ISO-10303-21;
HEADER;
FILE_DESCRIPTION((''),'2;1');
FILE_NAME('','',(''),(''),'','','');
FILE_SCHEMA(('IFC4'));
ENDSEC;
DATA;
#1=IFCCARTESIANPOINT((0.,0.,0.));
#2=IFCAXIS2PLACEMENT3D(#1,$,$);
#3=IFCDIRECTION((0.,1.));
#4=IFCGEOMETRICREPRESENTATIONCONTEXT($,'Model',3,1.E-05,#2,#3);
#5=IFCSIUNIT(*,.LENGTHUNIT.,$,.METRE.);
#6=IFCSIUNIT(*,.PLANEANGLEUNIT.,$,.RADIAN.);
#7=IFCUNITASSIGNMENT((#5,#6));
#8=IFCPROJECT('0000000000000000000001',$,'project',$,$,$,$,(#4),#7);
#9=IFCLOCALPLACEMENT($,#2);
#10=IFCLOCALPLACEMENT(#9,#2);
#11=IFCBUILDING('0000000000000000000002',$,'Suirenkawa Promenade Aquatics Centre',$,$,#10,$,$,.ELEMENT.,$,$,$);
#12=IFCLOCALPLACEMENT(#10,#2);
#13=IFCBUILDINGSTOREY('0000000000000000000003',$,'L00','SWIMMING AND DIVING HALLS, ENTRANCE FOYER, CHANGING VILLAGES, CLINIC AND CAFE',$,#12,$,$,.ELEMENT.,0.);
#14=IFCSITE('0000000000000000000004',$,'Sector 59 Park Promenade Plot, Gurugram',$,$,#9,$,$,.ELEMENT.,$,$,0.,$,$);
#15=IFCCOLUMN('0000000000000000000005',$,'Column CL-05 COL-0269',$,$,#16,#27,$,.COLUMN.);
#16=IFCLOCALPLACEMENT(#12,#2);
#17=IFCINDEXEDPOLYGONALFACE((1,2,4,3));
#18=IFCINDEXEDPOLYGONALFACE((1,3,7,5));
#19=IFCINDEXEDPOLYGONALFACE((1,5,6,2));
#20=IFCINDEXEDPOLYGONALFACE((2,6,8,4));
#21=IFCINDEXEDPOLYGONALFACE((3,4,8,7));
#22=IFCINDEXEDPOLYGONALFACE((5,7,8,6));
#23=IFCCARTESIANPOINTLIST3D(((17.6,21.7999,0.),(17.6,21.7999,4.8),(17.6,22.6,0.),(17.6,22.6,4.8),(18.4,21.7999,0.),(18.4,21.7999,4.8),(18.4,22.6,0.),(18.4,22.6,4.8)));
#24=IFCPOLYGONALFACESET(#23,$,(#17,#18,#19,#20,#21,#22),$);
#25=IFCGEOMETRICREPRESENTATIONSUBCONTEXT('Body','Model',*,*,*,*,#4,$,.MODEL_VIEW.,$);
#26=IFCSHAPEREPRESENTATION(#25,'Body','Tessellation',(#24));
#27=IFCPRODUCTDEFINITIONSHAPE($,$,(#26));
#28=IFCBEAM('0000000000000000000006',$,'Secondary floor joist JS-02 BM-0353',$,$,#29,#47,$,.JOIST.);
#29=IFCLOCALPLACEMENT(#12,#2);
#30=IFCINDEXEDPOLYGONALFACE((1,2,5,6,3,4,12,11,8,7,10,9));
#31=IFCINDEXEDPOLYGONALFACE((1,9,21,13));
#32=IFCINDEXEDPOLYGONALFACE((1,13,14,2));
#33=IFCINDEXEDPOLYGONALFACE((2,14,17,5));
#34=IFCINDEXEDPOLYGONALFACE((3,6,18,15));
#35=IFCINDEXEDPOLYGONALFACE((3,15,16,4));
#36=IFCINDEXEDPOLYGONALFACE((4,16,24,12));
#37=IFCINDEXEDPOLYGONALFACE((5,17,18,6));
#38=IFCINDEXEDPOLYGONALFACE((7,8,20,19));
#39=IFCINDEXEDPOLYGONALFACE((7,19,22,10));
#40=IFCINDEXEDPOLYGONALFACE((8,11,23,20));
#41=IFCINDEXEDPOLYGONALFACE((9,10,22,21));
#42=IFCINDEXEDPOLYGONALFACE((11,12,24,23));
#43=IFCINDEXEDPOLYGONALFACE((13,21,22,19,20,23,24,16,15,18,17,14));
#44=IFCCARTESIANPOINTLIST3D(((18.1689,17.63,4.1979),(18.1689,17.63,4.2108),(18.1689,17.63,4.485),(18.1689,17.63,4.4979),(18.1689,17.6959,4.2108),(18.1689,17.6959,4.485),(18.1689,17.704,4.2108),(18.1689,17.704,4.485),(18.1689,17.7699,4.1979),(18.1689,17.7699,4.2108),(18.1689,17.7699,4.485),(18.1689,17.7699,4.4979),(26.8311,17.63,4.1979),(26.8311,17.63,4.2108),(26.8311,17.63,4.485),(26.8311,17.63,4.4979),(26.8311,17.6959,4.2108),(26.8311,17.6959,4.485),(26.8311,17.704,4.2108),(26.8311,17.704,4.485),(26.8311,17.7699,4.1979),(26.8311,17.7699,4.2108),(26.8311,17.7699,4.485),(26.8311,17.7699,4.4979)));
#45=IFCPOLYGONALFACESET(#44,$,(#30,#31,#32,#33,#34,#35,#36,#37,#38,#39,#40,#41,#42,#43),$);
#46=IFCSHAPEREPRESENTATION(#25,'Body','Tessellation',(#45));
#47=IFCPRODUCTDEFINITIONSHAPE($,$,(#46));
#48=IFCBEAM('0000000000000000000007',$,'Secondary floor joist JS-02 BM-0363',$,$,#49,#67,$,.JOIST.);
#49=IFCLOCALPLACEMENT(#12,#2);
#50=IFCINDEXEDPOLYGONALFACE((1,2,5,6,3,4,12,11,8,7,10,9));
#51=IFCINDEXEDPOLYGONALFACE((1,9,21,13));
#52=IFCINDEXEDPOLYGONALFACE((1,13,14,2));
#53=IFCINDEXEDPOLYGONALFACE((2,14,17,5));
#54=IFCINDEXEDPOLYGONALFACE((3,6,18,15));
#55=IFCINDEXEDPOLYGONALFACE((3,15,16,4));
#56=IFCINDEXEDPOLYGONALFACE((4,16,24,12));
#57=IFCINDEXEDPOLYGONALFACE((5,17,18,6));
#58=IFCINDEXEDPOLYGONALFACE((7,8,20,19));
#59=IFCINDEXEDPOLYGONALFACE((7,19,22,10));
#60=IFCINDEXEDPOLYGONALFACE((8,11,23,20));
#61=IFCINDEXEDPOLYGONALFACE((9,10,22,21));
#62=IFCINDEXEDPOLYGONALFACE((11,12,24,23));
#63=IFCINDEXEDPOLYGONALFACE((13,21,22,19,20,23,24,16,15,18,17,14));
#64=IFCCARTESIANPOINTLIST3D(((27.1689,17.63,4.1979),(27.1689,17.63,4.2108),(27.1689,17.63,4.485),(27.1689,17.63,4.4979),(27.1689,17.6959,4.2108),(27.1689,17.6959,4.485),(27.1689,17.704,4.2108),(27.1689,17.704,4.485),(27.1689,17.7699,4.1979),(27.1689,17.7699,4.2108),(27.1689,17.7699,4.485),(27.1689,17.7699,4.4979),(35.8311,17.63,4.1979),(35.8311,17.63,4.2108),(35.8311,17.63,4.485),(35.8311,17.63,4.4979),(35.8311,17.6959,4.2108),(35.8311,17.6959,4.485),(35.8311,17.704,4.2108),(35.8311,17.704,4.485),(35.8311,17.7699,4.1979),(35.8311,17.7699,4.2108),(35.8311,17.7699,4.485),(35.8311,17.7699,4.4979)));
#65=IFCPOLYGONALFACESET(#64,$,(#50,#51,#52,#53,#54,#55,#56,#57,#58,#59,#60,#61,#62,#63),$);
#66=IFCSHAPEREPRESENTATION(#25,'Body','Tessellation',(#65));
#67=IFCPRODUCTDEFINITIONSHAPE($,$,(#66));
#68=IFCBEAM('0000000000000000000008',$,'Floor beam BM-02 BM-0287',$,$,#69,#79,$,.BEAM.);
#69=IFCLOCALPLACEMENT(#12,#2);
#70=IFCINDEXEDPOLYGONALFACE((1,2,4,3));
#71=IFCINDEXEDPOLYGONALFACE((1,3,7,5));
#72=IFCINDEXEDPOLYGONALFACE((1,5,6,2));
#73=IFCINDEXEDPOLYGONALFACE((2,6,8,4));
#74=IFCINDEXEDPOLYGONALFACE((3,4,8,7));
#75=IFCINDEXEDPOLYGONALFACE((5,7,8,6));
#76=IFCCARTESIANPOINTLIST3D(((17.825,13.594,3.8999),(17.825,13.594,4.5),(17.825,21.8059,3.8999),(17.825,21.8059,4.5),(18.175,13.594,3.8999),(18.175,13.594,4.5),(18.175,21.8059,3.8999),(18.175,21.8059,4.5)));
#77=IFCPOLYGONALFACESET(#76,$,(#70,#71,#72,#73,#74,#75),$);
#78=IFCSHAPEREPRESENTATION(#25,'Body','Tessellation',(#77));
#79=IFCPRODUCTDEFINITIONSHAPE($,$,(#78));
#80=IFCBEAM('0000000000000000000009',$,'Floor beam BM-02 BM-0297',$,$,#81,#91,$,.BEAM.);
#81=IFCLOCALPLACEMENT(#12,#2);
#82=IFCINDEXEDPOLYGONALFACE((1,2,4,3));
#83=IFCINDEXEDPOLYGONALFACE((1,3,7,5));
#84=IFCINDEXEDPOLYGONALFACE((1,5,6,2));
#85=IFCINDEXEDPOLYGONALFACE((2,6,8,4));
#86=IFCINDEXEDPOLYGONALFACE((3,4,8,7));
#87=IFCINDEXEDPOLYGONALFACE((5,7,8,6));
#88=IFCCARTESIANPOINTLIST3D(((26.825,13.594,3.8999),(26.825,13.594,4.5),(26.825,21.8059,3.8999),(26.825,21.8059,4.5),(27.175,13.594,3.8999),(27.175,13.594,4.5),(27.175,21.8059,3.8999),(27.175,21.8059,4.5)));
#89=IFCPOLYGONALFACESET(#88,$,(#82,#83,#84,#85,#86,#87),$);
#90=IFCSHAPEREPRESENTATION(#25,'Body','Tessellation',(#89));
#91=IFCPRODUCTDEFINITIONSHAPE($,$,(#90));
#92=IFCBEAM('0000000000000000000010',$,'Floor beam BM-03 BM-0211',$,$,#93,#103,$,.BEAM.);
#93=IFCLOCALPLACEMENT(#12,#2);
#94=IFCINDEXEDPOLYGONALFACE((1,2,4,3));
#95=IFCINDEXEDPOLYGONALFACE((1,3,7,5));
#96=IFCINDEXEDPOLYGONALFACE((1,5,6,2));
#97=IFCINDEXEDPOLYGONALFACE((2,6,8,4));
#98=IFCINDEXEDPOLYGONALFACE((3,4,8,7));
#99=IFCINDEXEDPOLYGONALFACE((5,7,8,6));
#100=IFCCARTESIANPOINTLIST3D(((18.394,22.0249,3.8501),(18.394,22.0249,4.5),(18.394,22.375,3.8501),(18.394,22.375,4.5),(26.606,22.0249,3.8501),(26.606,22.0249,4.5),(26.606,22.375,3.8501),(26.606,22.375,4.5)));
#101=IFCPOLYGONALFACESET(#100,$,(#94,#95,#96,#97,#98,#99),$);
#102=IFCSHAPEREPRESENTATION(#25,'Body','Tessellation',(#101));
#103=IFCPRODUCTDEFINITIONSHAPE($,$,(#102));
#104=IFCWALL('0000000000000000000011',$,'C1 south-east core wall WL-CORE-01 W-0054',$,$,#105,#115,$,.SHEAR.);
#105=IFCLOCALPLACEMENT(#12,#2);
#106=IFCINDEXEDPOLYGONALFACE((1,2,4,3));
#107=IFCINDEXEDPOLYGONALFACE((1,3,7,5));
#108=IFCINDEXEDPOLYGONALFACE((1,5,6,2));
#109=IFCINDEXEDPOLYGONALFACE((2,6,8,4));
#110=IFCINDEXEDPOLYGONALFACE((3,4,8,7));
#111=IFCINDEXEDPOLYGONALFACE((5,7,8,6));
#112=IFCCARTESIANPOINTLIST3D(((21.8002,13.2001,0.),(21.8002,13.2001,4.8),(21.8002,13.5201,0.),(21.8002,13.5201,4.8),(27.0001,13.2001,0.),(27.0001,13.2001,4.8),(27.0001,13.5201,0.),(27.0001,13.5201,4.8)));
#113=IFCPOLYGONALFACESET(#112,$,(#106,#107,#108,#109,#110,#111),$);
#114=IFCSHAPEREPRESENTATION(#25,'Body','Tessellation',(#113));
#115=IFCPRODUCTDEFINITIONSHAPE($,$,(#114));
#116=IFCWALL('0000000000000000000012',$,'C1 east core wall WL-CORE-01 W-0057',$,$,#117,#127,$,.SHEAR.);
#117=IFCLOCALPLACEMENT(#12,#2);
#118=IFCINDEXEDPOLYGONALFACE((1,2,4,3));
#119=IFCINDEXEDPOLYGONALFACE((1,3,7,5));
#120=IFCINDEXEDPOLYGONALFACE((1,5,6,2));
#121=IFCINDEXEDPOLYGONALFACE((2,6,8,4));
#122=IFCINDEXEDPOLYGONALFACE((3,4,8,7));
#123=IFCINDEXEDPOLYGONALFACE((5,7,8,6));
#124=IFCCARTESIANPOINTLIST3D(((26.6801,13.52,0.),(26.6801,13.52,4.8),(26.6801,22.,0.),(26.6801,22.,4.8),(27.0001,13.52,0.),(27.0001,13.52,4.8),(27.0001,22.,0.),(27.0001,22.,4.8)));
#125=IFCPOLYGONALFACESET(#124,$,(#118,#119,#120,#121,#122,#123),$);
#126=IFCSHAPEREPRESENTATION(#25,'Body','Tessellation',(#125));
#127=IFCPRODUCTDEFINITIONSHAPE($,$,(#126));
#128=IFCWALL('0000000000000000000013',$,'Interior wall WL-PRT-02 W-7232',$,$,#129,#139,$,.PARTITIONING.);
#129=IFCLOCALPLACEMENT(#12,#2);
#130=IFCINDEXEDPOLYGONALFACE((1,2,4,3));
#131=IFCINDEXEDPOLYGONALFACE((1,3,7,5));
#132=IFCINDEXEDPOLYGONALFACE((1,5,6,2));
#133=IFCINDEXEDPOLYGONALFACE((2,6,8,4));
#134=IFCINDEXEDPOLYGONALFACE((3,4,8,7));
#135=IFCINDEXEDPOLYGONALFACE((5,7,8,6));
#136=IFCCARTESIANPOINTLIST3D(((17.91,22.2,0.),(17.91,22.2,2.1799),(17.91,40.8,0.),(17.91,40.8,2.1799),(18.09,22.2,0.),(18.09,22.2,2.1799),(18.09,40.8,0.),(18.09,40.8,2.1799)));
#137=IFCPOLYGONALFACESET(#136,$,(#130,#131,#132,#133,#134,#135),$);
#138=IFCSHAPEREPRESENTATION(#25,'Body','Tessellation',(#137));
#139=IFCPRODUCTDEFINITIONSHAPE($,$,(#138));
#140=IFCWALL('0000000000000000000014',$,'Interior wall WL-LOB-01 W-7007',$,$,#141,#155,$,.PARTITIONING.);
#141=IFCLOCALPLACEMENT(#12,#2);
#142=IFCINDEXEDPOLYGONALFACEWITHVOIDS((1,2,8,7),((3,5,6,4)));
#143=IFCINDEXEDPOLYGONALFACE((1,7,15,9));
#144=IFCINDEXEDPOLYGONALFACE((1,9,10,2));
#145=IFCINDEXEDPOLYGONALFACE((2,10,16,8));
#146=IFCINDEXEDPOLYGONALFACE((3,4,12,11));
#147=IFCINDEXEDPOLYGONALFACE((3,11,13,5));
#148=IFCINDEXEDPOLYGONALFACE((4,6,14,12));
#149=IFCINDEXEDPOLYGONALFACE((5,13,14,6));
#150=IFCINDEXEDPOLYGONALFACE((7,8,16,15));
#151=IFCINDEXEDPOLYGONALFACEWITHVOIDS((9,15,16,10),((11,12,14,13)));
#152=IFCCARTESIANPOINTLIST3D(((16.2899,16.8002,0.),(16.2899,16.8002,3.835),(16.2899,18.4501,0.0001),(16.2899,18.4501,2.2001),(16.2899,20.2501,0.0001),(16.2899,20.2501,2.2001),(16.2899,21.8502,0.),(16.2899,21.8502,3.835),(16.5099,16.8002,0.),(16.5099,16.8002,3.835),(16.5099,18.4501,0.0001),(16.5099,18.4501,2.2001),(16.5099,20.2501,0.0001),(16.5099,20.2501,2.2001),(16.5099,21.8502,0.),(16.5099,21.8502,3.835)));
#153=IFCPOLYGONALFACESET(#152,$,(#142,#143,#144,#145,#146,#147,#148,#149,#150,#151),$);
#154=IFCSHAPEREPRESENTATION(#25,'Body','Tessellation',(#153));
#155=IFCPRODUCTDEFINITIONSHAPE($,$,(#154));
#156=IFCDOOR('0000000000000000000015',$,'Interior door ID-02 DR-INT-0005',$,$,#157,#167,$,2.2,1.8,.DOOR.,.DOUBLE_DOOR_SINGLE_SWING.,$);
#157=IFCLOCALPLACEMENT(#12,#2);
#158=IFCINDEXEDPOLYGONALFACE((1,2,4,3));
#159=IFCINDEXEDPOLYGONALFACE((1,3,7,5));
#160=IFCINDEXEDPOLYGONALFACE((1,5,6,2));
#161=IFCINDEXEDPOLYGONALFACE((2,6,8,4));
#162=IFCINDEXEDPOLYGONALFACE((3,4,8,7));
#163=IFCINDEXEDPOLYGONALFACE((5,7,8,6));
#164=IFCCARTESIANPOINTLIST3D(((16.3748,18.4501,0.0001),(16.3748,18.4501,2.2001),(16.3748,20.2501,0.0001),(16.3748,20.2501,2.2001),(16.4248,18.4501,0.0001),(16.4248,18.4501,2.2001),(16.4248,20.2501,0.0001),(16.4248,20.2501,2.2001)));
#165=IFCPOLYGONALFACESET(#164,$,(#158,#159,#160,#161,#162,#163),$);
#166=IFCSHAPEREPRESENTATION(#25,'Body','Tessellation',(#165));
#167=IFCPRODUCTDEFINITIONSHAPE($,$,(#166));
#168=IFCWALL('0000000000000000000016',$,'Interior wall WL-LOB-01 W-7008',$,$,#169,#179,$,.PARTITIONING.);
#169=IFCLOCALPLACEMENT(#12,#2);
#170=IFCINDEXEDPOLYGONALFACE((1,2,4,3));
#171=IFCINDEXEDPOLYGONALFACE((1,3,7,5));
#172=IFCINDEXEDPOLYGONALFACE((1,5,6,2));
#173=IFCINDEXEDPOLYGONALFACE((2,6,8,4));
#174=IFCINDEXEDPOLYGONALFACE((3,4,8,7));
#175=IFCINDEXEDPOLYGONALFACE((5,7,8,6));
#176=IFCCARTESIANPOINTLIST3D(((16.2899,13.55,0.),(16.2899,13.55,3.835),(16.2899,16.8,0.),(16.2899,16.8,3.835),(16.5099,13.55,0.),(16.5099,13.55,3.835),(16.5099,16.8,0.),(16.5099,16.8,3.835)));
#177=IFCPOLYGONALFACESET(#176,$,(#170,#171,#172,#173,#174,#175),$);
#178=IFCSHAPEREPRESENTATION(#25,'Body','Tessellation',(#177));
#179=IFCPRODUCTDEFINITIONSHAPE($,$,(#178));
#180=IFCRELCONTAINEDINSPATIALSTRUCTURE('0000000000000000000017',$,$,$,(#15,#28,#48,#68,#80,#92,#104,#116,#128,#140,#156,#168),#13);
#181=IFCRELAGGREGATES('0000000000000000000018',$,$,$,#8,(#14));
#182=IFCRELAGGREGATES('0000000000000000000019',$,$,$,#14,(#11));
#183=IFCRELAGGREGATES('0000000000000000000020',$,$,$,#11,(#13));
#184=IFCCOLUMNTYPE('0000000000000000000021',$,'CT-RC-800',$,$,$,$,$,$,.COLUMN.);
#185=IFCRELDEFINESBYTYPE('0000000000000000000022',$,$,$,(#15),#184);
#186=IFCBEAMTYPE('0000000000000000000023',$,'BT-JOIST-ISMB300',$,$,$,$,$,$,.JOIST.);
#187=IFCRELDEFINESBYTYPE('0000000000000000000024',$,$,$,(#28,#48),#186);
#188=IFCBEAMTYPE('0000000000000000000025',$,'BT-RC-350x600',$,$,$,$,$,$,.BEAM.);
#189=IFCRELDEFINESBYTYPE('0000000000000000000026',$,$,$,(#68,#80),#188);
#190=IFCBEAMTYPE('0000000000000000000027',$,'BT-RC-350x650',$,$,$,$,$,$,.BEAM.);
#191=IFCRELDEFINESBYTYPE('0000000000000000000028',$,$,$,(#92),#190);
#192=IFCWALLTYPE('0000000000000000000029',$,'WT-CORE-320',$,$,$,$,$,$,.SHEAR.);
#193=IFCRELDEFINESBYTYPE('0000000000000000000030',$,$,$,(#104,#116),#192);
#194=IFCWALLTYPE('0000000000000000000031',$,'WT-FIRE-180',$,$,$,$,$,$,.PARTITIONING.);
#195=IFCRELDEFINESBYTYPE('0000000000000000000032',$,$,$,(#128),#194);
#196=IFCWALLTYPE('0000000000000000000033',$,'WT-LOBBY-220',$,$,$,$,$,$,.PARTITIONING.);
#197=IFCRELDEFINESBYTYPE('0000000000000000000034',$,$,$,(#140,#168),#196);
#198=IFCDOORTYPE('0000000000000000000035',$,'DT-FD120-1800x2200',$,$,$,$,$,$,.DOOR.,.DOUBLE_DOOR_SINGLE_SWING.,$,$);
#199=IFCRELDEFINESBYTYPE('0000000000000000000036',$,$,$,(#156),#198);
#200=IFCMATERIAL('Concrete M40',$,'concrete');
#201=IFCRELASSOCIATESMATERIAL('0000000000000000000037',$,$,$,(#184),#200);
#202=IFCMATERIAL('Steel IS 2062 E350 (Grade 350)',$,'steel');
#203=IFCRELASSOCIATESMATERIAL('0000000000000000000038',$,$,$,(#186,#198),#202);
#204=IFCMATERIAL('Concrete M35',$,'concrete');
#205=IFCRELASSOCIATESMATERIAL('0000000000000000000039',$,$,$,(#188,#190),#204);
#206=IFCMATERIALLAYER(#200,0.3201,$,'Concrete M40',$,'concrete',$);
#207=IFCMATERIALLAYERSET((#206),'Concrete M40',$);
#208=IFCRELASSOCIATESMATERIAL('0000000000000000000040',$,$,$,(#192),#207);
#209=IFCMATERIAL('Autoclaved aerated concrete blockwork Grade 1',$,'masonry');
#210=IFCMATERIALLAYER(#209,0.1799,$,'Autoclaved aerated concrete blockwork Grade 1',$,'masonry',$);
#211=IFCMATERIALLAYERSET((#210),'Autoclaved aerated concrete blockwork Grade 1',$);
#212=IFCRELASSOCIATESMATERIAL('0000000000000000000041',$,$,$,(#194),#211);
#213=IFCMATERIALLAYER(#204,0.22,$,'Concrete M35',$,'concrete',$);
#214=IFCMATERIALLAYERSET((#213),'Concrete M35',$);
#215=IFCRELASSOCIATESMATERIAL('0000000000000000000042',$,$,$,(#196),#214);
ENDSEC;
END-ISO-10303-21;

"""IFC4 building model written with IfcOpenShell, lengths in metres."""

from ifc_helpers import new_model, si_unit, direction, frame, frame_2d, origin, origin_2d, place, context, subcontext, project, spatial, rectangle, i_section, extrude, material, layer, layer_set, material_profile, profile_set, type_object, element, fill, save


model = new_model("IFC4")

# Units and contexts
model_context = context("Model", 3, precision=1e-05, world=origin(), true_north=direction((0.0, 1.0)))
body_context = subcontext(model_context, "Body", "Model", "MODEL_VIEW")
ifc_project = project(units=[si_unit("LENGTHUNIT", "METRE"), si_unit("PLANEANGLEUNIT", "RADIAN")], contexts=[model_context])

# Site, building, storey
site_placement = place(None, origin())
site = spatial("IfcSite", under=ifc_project, at=site_placement, Name="Sector 59 Park Promenade Plot, Gurugram", CompositionType="ELEMENT", RefElevation=0.0)
building_placement = place(site_placement, origin())
building = spatial("IfcBuilding", under=site, at=building_placement, Name="Suirenkawa Promenade Aquatics Centre", CompositionType="ELEMENT")
storey_placement = place(building_placement, origin())
storey = spatial("IfcBuildingStorey", under=building, at=storey_placement, Name="L00", Description="SWIMMING AND DIVING HALLS, ENTRANCE FOYER, CHANGING VILLAGES, CLINIC AND CAFE", CompositionType="ELEMENT", Elevation=0.0)

# Column
ifc_material_1 = material(Name="Concrete M40", Category="concrete")
ifc_material_profile_1 = material_profile(ifc_material_1, rectangle(XDim=0.8, YDim=0.8, at=origin_2d()), Name="RC COL 800x800", Category="concrete")
ifc_profile_set_1 = profile_set([ifc_material_profile_1], Name="Concrete M40")
column_type = type_object("IfcColumnType", Name="CT-RC-800", PredefinedType="COLUMN", material=ifc_profile_set_1)
column_placement = place(storey_placement, frame((18.0, 22.2, 0.0), z_axis=(0.0, 0.0, 1.0), x_axis=(1.0, 0.0, 0.0)))
element("IfcColumn", 1, at=column_placement, inside=storey, type_object=column_type, Name="Column CL-05 COL-0269", PredefinedType="COLUMN", context=body_context, shape_type="SweptSolid", body=[
    extrude(rectangle(XDim=0.8, YDim=0.8, at=origin_2d()), origin(), (0.0, 0.0, 1.0), 4.8),
])

# Beams
ifc_material_2 = material(Name="Steel IS 2062 E350 (Grade 350)", Category="steel")
ifc_material_profile_2 = material_profile(ifc_material_2, i_section(OverallWidth=0.1399, OverallDepth=0.3, WebThickness=0.0081, FlangeThickness=0.0129, at=origin_2d()), Name="ISMB 300", Category="steel")
ifc_profile_set_2 = profile_set([ifc_material_profile_2], Name="Steel IS 2062 E350 (Grade 350)")
beam_type_1 = type_object("IfcBeamType", Name="BT-JOIST-ISMB300", PredefinedType="JOIST", material=ifc_profile_set_2)
for number, where, z_axis, x_axis, name in (
    (2, (18.1689, 17.7, 4.3479), (1.0, 0.0, 0.0), (0.0, 1.0, 0.0), "Secondary floor joist JS-02 BM-0353"),
    (3, (27.1689, 17.7, 4.3479), (1.0, 0.0, 0.0), (0.0, 1.0, 0.0), "Secondary floor joist JS-02 BM-0363"),
):
    element("IfcBeam", number, at=place(storey_placement, frame(where, z_axis=z_axis, x_axis=x_axis)), inside=storey, type_object=beam_type_1, Name=name, PredefinedType="JOIST", context=body_context, shape_type="SweptSolid", body=[
        extrude(i_section(OverallWidth=0.1399, OverallDepth=0.3, WebThickness=0.0081, FlangeThickness=0.0129, at=origin_2d()), origin(), (0.0, 0.0, 1.0), 8.6621),
    ])
ifc_material_3 = material(Name="Concrete M35", Category="concrete")
ifc_material_profile_3 = material_profile(ifc_material_3, rectangle(XDim=0.3501, YDim=0.6001, at=origin_2d()), Name="RC BM 350x600", Category="concrete")
ifc_profile_set_3 = profile_set([ifc_material_profile_3], Name="Concrete M35")
beam_type_2 = type_object("IfcBeamType", Name="BT-RC-350x600", PredefinedType="BEAM", material=ifc_profile_set_3)
for number, where, z_axis, x_axis, name in (
    (4, (18.0, 13.594, 4.2), (0.0, 1.0, 0.0), (-1.0, 0.0, 0.0), "Floor beam BM-02 BM-0287"),
    (5, (27.0, 13.594, 4.2), (0.0, 1.0, 0.0), (-1.0, 0.0, 0.0), "Floor beam BM-02 BM-0297"),
):
    element("IfcBeam", number, at=place(storey_placement, frame(where, z_axis=z_axis, x_axis=x_axis)), inside=storey, type_object=beam_type_2, Name=name, PredefinedType="BEAM", context=body_context, shape_type="SweptSolid", body=[
        extrude(rectangle(XDim=0.3501, YDim=0.6001, at=origin_2d()), origin(), (0.0, 0.0, 1.0), 8.2119),
    ])
ifc_material_profile_4 = material_profile(ifc_material_3, rectangle(XDim=0.3501, YDim=0.6499, at=origin_2d()), Name="RC BM 350x650", Category="concrete")
ifc_profile_set_4 = profile_set([ifc_material_profile_4], Name="Concrete M35")
beam_type_3 = type_object("IfcBeamType", Name="BT-RC-350x650", PredefinedType="BEAM", material=ifc_profile_set_4)
beam_placement = place(storey_placement, frame((18.394, 22.2, 4.175), z_axis=(1.0, 0.0, 0.0), x_axis=(0.0, 1.0, 0.0)))
element("IfcBeam", 6, at=beam_placement, inside=storey, type_object=beam_type_3, Name="Floor beam BM-03 BM-0211", PredefinedType="BEAM", context=body_context, shape_type="SweptSolid", body=[
    extrude(rectangle(XDim=0.3501, YDim=0.6499, at=origin_2d()), origin(), (0.0, 0.0, 1.0), 8.2119),
])

# Walls
ifc_layer_1 = layer(ifc_material_1, 0.3201, Name="Concrete M40", Category="concrete")
ifc_layer_set_1 = layer_set([ifc_layer_1], Name="Concrete M40")
wall_type_1 = type_object("IfcWallType", Name="WT-CORE-320", PredefinedType="SHEAR", material=ifc_layer_set_1)
wall_1_placement = place(storey_placement, frame((21.8, 13.3601, 0.0), z_axis=(0.0, 0.0, 1.0), x_axis=(1.0, 0.0, 0.0)))
element("IfcWall", 7, at=wall_1_placement, inside=storey, type_object=wall_type_1, Name="C1 south-east core wall WL-CORE-01 W-0054", PredefinedType="SHEAR", context=body_context, shape_type="SweptSolid", body=[
    extrude(rectangle(XDim=5.2, YDim=0.3201, at=frame_2d((2.6001, 0.0))), origin(), (0.0, 0.0, 1.0), 4.8),
])
wall_2_placement = place(storey_placement, frame((26.8401, 13.52, 0.0), z_axis=(0.0, 0.0, 1.0), x_axis=(0.0, 1.0, 0.0)))
element("IfcWall", 8, at=wall_2_placement, inside=storey, type_object=wall_type_1, Name="C1 east core wall WL-CORE-01 W-0057", PredefinedType="SHEAR", context=body_context, shape_type="SweptSolid", body=[
    extrude(rectangle(XDim=8.48, YDim=0.3201, at=frame_2d((4.24, 0.0))), origin(), (0.0, 0.0, 1.0), 4.8),
])
ifc_material_4 = material(Name="Autoclaved aerated concrete blockwork Grade 1", Category="masonry")
ifc_layer_2 = layer(ifc_material_4, 0.1799, Name="Autoclaved aerated concrete blockwork Grade 1", Category="masonry")
ifc_layer_set_2 = layer_set([ifc_layer_2], Name="Autoclaved aerated concrete blockwork Grade 1")
wall_type_2 = type_object("IfcWallType", Name="WT-FIRE-180", PredefinedType="PARTITIONING", material=ifc_layer_set_2)
wall_3_placement = place(storey_placement, frame((18.0, 22.2, 0.0), z_axis=(0.0, 0.0, 1.0), x_axis=(0.0, 1.0, 0.0)))
element("IfcWall", 9, at=wall_3_placement, inside=storey, type_object=wall_type_2, Name="Interior wall WL-PRT-02 W-7232", PredefinedType="PARTITIONING", context=body_context, shape_type="SweptSolid", body=[
    extrude(rectangle(XDim=18.6001, YDim=0.1799, at=frame_2d((9.3, 0.0))), origin(), (0.0, 0.0, 1.0), 2.1799),
])

# Wall, opening, door
ifc_layer_3 = layer(ifc_material_3, 0.22, Name="Concrete M35", Category="concrete")
ifc_layer_set_3 = layer_set([ifc_layer_3], Name="Concrete M35")
wall_type_3 = type_object("IfcWallType", Name="WT-LOBBY-220", PredefinedType="PARTITIONING", material=ifc_layer_set_3)
wall_4_placement = place(storey_placement, frame((16.3999, 21.8501, 0.0), z_axis=(0.0, 0.0, 1.0), x_axis=(0.0, -1.0, 0.0)))
wall_4 = element("IfcWall", 10, at=wall_4_placement, inside=storey, type_object=wall_type_3, Name="Interior wall WL-LOB-01 W-7007", PredefinedType="PARTITIONING", context=body_context, shape_type="SweptSolid", body=[
    extrude(rectangle(XDim=5.05, YDim=0.22, at=frame_2d((2.5249, 0.0))), origin(), (0.0, 0.0, 1.0), 3.835),
])
opening_1_placement = place(wall_4_placement, frame((1.6001, 0.0, 0.0)))
opening_1 = element("IfcOpeningElement", 11, at=opening_1_placement, cuts=wall_4, PredefinedType="OPENING", context=body_context, shape_type="SweptSolid", body=[
    extrude(rectangle(XDim=1.8, YDim=2.2, at=frame_2d((0.8999, 1.1001))), frame((0.0, 0.1199, 0.0), z_axis=(0.0, -1.0, 0.0), x_axis=(1.0, 0.0, 0.0)), (0.0, 0.0, 1.0), 0.24),
])
door_type_1 = type_object("IfcDoorType", Name="DT-FD120-1800x2200", OperationType="DOUBLE_DOOR_SINGLE_SWING", PredefinedType="DOOR", material=ifc_material_2)
door_1_placement = place(opening_1_placement, origin())
door_1 = element("IfcDoor", 12, at=door_1_placement, inside=storey, type_object=door_type_1, Name="Interior door ID-02 DR-INT-0005", OperationType="DOUBLE_DOOR_SINGLE_SWING", OverallHeight=2.2, OverallWidth=1.8, PredefinedType="DOOR", context=body_context, shape_type="SweptSolid", body=[
    extrude(rectangle(XDim=1.8, YDim=2.2, at=frame_2d((0.8999, 1.1001))), frame((0.0, 0.0249, 0.0), z_axis=(0.0, -1.0, 0.0), x_axis=(1.0, 0.0, 0.0)), (0.0, 0.0, 1.0), 0.05),
])
fill(opening_1, door_1)

# Wall
wall_5_placement = place(storey_placement, frame((16.3999, 13.55, 0.0), z_axis=(0.0, 0.0, 1.0), x_axis=(0.0, 1.0, 0.0)))
element("IfcWall", 13, at=wall_5_placement, inside=storey, type_object=wall_type_3, Name="Interior wall WL-LOB-01 W-7008", PredefinedType="PARTITIONING", context=body_context, shape_type="SweptSolid", body=[
    extrude(rectangle(XDim=3.25, YDim=0.22, at=frame_2d((1.625, 0.0))), origin(), (0.0, 0.0, 1.0), 3.835),
])

save(model, "model.ifc")
